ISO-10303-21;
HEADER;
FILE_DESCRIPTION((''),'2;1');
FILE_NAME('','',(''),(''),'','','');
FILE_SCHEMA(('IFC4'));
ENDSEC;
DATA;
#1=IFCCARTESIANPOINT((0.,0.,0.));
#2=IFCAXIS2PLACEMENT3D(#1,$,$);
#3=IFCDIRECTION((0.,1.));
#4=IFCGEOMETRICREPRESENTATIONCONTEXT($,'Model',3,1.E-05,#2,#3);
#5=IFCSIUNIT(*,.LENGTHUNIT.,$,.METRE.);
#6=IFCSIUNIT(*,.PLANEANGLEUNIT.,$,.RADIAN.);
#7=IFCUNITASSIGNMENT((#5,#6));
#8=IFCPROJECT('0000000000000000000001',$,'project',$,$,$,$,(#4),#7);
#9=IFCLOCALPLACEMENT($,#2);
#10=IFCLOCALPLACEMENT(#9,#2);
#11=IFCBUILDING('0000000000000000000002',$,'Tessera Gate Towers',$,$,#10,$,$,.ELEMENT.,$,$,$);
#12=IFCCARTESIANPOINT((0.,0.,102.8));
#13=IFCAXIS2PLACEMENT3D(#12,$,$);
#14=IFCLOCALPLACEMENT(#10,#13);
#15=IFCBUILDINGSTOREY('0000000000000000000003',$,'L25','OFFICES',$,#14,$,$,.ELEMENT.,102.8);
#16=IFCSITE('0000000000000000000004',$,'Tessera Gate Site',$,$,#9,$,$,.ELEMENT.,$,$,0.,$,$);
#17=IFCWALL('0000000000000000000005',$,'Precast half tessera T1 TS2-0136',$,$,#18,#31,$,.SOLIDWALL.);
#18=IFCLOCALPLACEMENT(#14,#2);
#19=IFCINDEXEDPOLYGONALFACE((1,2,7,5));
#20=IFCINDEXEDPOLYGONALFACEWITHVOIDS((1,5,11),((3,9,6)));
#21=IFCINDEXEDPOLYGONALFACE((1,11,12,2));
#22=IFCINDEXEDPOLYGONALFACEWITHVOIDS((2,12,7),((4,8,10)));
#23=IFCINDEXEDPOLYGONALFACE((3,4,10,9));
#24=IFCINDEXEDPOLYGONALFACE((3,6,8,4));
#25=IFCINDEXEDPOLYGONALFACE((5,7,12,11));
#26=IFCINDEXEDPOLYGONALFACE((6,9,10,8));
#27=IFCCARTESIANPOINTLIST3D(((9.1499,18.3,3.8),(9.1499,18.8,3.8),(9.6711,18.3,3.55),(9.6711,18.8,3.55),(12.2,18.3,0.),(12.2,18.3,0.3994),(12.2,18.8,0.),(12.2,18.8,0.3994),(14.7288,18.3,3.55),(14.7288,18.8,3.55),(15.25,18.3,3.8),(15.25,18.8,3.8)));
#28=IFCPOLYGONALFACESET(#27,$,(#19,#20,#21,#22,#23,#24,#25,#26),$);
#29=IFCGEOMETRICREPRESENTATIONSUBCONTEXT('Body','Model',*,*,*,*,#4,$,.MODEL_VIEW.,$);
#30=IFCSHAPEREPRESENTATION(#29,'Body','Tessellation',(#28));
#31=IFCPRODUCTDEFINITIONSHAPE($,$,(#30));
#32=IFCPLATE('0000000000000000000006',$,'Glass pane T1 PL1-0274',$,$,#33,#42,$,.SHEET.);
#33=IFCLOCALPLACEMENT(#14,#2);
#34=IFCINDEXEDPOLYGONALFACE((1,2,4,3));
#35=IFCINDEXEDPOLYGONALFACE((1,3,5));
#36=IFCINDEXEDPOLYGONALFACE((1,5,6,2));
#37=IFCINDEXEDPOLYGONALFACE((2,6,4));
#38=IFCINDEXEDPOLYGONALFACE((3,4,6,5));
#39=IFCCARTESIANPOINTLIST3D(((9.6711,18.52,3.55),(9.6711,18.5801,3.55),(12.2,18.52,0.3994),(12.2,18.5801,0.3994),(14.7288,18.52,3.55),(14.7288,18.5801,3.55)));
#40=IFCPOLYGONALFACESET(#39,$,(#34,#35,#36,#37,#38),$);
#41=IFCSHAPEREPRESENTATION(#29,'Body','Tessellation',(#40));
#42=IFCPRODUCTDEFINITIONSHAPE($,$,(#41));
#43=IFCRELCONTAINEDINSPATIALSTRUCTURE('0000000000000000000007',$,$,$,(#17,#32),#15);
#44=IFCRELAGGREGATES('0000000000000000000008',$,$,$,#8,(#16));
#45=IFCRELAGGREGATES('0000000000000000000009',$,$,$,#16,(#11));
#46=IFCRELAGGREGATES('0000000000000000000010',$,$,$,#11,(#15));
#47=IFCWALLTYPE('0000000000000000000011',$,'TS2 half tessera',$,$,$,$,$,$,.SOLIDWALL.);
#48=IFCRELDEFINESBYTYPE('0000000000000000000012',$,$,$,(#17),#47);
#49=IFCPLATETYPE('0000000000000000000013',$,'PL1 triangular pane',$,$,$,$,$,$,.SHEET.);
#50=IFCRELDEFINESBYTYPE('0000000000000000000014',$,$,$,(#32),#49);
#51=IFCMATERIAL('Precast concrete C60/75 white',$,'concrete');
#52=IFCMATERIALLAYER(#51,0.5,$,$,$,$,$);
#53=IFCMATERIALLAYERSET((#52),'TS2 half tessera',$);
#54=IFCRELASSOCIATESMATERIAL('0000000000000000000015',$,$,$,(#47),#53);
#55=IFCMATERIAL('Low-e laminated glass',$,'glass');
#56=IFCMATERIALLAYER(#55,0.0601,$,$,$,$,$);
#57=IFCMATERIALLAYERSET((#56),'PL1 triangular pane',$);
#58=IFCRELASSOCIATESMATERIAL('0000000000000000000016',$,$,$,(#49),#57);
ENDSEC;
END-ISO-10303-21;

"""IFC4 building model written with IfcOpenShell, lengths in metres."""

from ifc_helpers import new_model, si_unit, direction, frame, origin, place, context, subcontext, project, spatial, polyline, outline, extrude, source, transform, mapped, material, layer, layer_set, type_object, element, fill, save


model = new_model("IFC4")

# Units and contexts
model_context = context("Model", 3, precision=1e-05, world=origin(), true_north=direction((0.0, 1.0)))
body_context = subcontext(model_context, "Body", "Model", "MODEL_VIEW")
ifc_project = project(units=[si_unit("LENGTHUNIT", "METRE"), si_unit("PLANEANGLEUNIT", "RADIAN")], contexts=[model_context])

# Site, building, storey
site_placement = place(None, origin())
site = spatial("IfcSite", under=ifc_project, at=site_placement, Name="Tessera Gate Site", CompositionType="ELEMENT", RefElevation=0.0)
building_placement = place(site_placement, origin())
building = spatial("IfcBuilding", under=site, at=building_placement, Name="Tessera Gate Towers", CompositionType="ELEMENT")
storey_placement = place(building_placement, frame((0.0, 0.0, 102.8)))
storey = spatial("IfcBuildingStorey", under=building, at=storey_placement, Name="L25", Description="OFFICES", CompositionType="ELEMENT", Elevation=102.8)

# Wall, opening, plate
ifc_material_1 = material(Name="Precast concrete C60/75 white", Category="concrete")
ifc_layer_1 = layer(ifc_material_1, 0.5)
ifc_layer_set_1 = layer_set([ifc_layer_1], Name="TS2 half tessera")
wall_type_1 = type_object("IfcWallType", Name="TS2 half tessera", PredefinedType="SOLIDWALL", material=ifc_layer_set_1)
shared_shape_1 = source(origin(), body_context, "Body", "SweptSolid", [
    extrude(outline(polyline([(3.05, 0.0), (6.1001, 3.8), (0.0, 3.8), (3.05, 0.0)])), frame((0.0, 0.25, 0.0), z_axis=(0.0, -1.0, 0.0), x_axis=(1.0, 0.0, 0.0)), (0.0, 0.0, 1.0), 0.5),
])
wall_1_placement = place(storey_placement, frame((9.1499, 18.55, 0.0), z_axis=(0.0, 0.0, 1.0), x_axis=(1.0, 0.0, 0.0)))
wall_1 = element("IfcWall", 1, at=wall_1_placement, inside=storey, type_object=wall_type_1, Name="Precast half tessera T1 TS2-0136", PredefinedType="SOLIDWALL", context=body_context, shape_type="MappedRepresentation", body=[
    mapped(shared_shape_1, transform((0.0, 0.0, 0.0), scale=1.0)),
])
shared_shape_2 = source(origin(), body_context, "Body", "SweptSolid", [
    extrude(outline(polyline([(3.05, 0.3994), (5.5789, 3.55), (0.5212, 3.55), (3.05, 0.3994)])), frame((0.0, 0.26, 0.0), z_axis=(0.0, -1.0, 0.0), x_axis=(1.0, 0.0, 0.0)), (0.0, 0.0, 1.0), 0.52),
])
opening_1_placement = place(wall_1_placement, origin())
opening_1 = element("IfcOpeningElement", 2, at=opening_1_placement, cuts=wall_1, PredefinedType="OPENING", context=body_context, shape_type="MappedRepresentation", body=[
    mapped(shared_shape_2, transform((0.0, 0.0, 0.0), scale=1.0)),
])
ifc_material_2 = material(Name="Low-e laminated glass", Category="glass")
ifc_layer_2 = layer(ifc_material_2, 0.0601)
ifc_layer_set_2 = layer_set([ifc_layer_2], Name="PL1 triangular pane")
plate_type = type_object("IfcPlateType", Name="PL1 triangular pane", PredefinedType="SHEET", material=ifc_layer_set_2)
shared_shape_3 = source(origin(), body_context, "Body", "SweptSolid", [
    extrude(outline(polyline([(3.05, 0.3994), (5.5789, 3.55), (0.5212, 3.55), (3.05, 0.3994)])), frame((0.0, 0.03, 0.0), z_axis=(0.0, -1.0, 0.0), x_axis=(1.0, 0.0, 0.0)), (0.0, 0.0, 1.0), 0.0601),
])
plate_placement = place(opening_1_placement, origin())
plate = element("IfcPlate", 3, at=plate_placement, inside=storey, type_object=plate_type, Name="Glass pane T1 PL1-0274", PredefinedType="SHEET", context=body_context, shape_type="MappedRepresentation", body=[
    mapped(shared_shape_3, transform((0.0, 0.0, 0.0), scale=1.0)),
])
fill(opening_1, plate)

save(model, "model.ifc")
